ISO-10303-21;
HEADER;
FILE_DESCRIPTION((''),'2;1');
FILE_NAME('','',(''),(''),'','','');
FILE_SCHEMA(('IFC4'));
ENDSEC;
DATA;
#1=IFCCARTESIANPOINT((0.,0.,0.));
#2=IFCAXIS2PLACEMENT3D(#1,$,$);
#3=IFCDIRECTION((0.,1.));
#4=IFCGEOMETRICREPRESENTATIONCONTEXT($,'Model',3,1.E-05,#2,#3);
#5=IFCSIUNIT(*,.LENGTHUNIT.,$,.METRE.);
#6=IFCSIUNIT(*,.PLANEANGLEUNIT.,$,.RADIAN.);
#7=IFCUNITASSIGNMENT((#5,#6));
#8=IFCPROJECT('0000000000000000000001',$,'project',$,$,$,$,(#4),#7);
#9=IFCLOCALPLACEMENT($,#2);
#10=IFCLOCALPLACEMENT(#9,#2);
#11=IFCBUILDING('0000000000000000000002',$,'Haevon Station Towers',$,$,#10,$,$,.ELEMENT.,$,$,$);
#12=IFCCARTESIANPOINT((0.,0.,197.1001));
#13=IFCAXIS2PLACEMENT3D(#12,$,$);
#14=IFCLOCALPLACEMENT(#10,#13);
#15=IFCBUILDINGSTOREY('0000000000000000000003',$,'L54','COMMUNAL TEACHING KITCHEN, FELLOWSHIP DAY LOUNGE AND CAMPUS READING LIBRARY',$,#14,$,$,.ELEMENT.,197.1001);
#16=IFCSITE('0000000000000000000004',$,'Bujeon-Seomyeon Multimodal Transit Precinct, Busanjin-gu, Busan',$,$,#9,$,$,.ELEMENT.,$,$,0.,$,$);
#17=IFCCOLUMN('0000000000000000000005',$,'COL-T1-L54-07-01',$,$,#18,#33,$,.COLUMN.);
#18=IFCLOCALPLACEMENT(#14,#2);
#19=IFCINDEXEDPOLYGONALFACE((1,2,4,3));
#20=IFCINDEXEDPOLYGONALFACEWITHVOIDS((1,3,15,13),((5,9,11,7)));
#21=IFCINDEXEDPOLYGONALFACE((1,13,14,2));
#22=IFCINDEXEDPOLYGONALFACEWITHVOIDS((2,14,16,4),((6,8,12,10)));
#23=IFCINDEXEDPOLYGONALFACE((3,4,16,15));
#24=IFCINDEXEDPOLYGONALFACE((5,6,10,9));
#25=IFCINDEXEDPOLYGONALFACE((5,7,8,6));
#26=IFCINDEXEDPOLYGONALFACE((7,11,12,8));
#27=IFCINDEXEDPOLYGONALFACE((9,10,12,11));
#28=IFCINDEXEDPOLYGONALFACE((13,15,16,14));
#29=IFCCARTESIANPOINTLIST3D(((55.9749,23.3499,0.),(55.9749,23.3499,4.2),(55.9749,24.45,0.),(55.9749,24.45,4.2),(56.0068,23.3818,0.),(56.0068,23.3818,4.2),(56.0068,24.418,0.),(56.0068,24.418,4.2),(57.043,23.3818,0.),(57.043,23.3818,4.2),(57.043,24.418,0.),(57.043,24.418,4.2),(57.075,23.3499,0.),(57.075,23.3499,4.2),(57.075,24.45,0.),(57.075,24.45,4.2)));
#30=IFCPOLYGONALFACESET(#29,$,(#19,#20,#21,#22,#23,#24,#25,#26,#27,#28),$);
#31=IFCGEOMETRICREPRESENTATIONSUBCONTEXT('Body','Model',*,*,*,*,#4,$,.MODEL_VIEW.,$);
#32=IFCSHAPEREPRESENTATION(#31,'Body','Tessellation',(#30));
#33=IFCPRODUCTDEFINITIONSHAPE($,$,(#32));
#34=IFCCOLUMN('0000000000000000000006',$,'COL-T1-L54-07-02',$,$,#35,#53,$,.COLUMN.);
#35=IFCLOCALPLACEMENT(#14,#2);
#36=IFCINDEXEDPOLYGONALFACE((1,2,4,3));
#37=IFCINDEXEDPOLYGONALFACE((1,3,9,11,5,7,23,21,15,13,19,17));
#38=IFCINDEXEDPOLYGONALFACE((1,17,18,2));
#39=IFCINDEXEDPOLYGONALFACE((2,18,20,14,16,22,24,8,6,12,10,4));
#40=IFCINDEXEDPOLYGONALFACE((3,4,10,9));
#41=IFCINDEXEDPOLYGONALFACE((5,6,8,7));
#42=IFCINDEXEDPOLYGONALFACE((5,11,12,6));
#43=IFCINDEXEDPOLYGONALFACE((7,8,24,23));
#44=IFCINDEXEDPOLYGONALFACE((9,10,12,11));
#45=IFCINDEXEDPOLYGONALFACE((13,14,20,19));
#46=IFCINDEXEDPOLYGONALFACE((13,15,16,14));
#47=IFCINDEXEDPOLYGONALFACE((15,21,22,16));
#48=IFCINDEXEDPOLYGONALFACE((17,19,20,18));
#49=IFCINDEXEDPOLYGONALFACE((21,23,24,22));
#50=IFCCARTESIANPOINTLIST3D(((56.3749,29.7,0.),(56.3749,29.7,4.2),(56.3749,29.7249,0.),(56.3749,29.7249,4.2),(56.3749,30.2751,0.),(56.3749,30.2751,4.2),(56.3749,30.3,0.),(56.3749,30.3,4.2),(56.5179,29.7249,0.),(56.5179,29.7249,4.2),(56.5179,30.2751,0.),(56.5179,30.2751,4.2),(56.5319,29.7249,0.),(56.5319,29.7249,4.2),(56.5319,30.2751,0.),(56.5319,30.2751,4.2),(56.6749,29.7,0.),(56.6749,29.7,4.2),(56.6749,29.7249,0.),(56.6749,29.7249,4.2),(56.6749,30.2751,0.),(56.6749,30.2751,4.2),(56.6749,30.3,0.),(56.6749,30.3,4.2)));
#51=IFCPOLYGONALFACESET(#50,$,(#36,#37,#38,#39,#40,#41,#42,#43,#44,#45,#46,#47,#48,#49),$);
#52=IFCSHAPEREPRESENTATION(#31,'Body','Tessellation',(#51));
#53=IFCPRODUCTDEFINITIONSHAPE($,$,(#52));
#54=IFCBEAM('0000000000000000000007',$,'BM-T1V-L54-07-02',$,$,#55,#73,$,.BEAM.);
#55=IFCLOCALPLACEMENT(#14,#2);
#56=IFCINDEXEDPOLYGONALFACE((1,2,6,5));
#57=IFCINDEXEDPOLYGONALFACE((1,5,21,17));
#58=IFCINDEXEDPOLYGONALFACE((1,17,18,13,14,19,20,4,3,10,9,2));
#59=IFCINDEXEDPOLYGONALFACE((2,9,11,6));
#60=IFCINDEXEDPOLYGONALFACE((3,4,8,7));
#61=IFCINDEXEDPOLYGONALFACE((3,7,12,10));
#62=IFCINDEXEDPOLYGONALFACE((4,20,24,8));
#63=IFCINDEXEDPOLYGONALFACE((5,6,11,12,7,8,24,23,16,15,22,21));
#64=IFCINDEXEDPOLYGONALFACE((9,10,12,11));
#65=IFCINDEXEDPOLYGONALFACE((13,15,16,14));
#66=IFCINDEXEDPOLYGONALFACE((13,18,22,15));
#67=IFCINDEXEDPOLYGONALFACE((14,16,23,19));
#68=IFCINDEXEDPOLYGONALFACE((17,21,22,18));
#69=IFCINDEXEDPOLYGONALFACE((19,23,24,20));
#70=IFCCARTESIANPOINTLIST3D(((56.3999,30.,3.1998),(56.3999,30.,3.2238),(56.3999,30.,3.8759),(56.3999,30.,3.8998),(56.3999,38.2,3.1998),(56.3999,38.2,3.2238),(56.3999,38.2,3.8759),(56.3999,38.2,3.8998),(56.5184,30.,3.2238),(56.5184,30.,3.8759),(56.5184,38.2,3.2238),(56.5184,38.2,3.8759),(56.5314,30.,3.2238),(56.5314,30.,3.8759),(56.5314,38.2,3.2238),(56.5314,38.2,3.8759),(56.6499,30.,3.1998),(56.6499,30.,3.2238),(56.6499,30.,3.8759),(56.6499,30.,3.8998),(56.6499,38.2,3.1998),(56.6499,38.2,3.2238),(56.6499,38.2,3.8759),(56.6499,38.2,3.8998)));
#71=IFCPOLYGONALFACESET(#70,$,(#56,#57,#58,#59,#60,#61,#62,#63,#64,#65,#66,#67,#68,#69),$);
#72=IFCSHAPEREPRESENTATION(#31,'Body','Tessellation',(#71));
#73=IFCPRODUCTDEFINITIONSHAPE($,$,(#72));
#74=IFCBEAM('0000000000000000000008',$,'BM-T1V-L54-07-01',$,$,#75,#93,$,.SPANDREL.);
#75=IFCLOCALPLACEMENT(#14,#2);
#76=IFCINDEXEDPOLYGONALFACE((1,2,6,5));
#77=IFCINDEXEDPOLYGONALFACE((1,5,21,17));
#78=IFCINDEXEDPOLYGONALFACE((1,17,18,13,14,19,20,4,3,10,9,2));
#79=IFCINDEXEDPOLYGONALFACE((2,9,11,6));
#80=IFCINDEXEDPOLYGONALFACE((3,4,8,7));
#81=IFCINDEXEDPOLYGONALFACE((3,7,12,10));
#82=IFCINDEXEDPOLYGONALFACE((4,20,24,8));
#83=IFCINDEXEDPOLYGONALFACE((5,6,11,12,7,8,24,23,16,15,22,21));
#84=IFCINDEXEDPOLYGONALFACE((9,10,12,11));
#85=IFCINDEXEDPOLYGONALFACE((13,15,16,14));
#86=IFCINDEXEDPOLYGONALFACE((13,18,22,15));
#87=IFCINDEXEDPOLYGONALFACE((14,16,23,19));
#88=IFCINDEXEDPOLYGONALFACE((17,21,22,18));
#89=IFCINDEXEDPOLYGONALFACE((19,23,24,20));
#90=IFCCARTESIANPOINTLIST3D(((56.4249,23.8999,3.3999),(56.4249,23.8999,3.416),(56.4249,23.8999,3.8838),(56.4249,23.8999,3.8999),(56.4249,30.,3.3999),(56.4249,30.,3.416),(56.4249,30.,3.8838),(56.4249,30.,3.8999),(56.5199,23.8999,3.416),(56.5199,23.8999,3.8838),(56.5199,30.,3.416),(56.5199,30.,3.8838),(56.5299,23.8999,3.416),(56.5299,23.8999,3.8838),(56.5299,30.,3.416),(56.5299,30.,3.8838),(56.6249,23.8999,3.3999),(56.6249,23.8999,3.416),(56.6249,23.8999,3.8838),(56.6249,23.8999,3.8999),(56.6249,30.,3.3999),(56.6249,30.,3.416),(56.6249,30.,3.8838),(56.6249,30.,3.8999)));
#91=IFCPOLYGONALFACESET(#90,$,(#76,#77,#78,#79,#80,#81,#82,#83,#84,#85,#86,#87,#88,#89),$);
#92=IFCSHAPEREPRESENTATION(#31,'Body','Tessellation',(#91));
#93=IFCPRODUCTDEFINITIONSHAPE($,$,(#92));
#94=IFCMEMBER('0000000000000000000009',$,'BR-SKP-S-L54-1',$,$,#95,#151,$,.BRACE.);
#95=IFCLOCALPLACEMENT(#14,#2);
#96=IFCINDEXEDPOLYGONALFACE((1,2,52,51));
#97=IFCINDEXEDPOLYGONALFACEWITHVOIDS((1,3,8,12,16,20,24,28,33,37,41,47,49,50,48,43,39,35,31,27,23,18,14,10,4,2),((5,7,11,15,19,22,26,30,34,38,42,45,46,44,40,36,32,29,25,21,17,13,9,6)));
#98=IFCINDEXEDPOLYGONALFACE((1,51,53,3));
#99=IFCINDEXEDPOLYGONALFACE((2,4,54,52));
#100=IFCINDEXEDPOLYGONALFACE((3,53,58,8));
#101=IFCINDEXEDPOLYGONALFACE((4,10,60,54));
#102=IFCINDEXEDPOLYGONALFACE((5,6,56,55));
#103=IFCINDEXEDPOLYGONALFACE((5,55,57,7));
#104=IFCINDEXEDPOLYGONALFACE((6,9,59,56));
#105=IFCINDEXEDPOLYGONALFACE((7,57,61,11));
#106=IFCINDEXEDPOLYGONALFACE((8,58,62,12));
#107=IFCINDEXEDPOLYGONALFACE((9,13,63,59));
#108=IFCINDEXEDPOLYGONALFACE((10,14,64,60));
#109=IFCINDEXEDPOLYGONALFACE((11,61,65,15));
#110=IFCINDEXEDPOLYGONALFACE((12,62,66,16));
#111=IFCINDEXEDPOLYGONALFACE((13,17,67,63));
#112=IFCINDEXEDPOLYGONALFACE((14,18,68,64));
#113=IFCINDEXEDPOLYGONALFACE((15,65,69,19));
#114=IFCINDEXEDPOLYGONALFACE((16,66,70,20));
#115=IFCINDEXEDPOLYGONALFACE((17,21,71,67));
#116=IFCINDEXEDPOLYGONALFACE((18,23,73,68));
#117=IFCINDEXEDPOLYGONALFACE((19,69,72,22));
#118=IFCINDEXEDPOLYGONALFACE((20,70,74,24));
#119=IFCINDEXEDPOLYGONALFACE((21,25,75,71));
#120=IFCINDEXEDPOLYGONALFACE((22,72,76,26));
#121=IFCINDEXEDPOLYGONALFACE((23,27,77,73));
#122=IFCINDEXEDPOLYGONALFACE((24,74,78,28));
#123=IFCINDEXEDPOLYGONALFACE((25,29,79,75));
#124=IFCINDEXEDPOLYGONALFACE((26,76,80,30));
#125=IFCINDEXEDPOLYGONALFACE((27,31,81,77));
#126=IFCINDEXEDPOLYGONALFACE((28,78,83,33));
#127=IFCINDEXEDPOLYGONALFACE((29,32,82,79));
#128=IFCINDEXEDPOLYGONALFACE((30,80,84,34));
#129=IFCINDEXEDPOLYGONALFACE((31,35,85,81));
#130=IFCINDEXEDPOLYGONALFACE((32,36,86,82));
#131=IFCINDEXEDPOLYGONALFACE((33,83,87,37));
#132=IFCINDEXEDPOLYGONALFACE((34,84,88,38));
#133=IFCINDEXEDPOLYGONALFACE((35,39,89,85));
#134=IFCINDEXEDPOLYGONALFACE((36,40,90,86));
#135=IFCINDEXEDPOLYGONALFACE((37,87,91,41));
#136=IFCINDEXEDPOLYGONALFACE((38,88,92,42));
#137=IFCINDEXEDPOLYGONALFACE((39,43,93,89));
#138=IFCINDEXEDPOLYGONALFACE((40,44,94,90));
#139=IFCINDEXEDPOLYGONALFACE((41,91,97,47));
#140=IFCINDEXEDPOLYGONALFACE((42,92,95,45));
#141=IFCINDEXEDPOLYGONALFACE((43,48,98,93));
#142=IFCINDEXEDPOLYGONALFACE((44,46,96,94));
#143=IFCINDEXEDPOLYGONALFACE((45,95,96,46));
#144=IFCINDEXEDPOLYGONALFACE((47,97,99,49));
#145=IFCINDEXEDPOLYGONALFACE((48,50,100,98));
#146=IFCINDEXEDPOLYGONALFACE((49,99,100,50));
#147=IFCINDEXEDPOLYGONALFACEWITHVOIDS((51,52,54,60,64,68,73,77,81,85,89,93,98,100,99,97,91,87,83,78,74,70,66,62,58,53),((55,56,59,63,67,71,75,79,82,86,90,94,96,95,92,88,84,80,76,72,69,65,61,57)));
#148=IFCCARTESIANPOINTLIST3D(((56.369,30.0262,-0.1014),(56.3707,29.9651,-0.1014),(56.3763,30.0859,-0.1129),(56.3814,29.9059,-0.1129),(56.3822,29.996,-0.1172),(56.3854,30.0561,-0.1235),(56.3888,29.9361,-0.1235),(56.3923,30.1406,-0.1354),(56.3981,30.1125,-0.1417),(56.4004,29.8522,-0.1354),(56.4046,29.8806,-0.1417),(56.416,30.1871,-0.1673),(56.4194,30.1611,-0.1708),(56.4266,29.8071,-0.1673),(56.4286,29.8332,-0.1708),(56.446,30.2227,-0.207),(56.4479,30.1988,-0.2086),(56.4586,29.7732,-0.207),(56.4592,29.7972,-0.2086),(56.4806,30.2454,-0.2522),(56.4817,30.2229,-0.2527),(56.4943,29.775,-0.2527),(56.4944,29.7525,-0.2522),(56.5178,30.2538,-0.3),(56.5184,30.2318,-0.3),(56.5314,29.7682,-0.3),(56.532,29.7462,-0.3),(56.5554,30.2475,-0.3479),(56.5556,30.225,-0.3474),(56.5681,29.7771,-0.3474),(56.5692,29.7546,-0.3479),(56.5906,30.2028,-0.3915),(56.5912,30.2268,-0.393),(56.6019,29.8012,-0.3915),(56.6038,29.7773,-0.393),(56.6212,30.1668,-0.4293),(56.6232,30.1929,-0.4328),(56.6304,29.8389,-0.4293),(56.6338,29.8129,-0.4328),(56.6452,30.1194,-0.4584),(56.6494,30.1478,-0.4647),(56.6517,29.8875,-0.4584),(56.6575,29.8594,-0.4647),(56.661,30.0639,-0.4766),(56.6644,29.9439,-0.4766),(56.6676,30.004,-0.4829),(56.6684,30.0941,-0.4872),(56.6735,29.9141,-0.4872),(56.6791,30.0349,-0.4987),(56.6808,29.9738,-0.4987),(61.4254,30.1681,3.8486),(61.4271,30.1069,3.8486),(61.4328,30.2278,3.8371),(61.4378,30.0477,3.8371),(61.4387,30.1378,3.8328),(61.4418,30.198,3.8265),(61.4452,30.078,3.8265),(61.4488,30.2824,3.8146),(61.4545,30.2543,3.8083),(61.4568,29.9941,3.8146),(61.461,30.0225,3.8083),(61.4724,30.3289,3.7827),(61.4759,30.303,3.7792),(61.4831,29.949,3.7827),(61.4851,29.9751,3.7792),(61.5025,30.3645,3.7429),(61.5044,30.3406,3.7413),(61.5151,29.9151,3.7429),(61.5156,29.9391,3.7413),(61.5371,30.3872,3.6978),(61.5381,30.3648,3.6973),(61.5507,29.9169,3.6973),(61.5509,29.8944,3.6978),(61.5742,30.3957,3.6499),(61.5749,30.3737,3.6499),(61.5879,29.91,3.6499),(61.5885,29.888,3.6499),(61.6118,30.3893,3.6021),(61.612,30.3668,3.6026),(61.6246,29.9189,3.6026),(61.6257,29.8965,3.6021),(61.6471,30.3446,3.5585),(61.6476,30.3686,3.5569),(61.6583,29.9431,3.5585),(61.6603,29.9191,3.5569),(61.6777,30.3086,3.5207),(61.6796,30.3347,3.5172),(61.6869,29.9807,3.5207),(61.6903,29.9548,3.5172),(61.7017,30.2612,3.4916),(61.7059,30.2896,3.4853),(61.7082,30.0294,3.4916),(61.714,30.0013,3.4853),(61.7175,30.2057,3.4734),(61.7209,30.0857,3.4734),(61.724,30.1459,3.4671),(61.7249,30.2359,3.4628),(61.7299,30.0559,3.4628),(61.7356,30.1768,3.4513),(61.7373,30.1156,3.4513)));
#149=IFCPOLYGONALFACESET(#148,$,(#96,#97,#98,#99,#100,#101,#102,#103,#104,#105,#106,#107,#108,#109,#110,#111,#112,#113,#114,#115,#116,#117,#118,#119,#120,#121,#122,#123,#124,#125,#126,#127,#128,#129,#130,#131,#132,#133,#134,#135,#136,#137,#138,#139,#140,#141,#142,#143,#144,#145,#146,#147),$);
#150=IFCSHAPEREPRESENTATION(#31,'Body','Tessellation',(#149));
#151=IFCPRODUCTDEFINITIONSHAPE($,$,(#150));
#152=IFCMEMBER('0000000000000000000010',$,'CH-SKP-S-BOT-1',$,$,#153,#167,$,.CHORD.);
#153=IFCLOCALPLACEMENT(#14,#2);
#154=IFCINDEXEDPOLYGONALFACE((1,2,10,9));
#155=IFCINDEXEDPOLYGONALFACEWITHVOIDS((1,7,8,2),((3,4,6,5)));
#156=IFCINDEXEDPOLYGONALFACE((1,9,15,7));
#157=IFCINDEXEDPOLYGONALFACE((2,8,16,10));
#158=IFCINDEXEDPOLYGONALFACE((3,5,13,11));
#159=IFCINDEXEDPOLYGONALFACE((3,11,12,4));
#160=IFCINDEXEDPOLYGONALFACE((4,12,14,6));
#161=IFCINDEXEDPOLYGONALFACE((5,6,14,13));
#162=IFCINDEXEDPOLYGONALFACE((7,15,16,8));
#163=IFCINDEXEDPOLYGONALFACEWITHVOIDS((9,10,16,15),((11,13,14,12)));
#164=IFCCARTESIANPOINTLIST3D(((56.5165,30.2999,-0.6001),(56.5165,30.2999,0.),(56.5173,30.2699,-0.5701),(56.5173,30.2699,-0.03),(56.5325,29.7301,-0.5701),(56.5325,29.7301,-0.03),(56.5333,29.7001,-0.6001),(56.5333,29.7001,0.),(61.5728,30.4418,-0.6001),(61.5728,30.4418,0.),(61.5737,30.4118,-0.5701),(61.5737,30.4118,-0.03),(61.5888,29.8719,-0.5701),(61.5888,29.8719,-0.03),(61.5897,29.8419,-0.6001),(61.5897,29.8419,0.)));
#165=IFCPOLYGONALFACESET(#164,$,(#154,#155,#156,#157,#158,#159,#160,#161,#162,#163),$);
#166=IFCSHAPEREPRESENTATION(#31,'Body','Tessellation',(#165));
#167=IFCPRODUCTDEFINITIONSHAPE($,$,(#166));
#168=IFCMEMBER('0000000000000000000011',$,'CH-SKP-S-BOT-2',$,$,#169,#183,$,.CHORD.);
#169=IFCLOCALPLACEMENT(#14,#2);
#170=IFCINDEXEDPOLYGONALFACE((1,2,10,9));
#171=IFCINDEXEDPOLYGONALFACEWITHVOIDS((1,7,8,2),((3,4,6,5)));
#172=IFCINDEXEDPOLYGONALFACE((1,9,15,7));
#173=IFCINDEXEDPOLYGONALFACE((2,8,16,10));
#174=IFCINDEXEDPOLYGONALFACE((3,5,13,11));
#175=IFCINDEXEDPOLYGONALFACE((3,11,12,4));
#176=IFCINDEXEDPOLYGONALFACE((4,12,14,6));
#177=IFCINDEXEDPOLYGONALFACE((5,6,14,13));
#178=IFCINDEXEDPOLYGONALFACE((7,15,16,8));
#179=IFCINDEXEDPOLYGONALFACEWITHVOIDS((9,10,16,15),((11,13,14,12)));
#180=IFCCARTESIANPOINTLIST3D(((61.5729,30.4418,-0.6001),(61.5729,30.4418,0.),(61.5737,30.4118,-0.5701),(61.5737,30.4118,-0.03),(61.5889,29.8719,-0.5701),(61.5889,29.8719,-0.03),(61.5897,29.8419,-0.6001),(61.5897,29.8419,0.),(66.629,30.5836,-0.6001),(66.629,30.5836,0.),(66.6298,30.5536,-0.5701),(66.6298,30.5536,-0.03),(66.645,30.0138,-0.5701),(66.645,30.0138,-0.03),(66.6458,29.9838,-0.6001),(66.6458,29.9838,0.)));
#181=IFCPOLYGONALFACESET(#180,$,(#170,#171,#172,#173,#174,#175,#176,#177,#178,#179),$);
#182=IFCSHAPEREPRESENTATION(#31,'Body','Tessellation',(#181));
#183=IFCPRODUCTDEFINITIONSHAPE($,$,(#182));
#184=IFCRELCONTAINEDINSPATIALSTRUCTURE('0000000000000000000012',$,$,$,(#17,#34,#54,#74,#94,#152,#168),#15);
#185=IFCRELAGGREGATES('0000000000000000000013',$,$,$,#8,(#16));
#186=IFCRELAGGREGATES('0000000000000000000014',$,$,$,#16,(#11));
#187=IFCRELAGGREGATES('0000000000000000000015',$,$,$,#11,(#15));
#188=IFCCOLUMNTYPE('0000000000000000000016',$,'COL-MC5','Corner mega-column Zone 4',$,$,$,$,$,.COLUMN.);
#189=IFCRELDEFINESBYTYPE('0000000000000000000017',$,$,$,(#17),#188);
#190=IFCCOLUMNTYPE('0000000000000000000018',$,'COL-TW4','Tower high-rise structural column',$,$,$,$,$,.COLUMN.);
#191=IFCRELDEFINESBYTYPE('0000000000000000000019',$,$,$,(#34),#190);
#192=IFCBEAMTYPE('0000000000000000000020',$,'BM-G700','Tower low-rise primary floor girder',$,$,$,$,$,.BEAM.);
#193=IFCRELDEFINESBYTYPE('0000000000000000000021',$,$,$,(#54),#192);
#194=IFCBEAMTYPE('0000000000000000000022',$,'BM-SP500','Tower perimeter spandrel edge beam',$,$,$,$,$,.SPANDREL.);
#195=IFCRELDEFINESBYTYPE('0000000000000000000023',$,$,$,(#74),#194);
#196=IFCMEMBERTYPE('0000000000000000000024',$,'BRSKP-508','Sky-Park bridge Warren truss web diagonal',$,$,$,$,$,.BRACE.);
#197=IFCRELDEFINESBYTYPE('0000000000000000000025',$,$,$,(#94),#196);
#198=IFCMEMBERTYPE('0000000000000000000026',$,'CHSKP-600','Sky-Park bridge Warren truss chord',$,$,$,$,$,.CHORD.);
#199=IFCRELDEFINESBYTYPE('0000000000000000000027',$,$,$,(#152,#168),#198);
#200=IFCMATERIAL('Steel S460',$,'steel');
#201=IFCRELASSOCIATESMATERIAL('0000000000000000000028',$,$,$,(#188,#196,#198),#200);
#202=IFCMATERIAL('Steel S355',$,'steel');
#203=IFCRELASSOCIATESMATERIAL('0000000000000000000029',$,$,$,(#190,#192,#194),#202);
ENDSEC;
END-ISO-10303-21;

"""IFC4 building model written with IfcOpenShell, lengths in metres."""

from ifc_helpers import new_model, si_unit, direction, frame, origin, origin_2d, place, context, subcontext, project, spatial, hollow_rectangle, hollow_circle, i_section, extrude, material, material_profile, profile_set, type_object, element, save


model = new_model("IFC4")

# Units and contexts
model_context = context("Model", 3, precision=1e-05, world=origin(), true_north=direction((0.0, 1.0)))
body_context = subcontext(model_context, "Body", "Model", "MODEL_VIEW")
ifc_project = project(units=[si_unit("LENGTHUNIT", "METRE"), si_unit("PLANEANGLEUNIT", "RADIAN")], contexts=[model_context])

# Site, building, storey
site_placement = place(None, origin())
site = spatial("IfcSite", under=ifc_project, at=site_placement, Name="Bujeon-Seomyeon Multimodal Transit Precinct, Busanjin-gu, Busan", CompositionType="ELEMENT", RefElevation=0.0)
building_placement = place(site_placement, origin())
building = spatial("IfcBuilding", under=site, at=building_placement, Name="Haevon Station Towers", CompositionType="ELEMENT")
storey_placement = place(building_placement, frame((0.0, 0.0, 197.1001)))
storey = spatial("IfcBuildingStorey", under=building, at=storey_placement, Name="L54", Description="COMMUNAL TEACHING KITCHEN, FELLOWSHIP DAY LOUNGE AND CAMPUS READING LIBRARY", CompositionType="ELEMENT", Elevation=197.1001)

# Columns
ifc_material_1 = material(Name="Steel S460", Category="steel")
ifc_material_profile_1 = material_profile(ifc_material_1, hollow_rectangle(XDim=1.1001, YDim=1.1001, WallThickness=0.032, at=origin_2d()), Name="BOX-1100x1100x32")
ifc_profile_set_1 = profile_set([ifc_material_profile_1], Name="Steel S460")
column_type_1 = type_object("IfcColumnType", Name="COL-MC5", Description="Corner mega-column Zone 4", PredefinedType="COLUMN", material=ifc_profile_set_1)
column_1_placement = place(storey_placement, frame((56.5249, 23.8999, 0.0), z_axis=(0.0, 0.0, 1.0), x_axis=(1.0, 0.0, 0.0)))
element("IfcColumn", 1, at=column_1_placement, inside=storey, type_object=column_type_1, Name="COL-T1-L54-07-01", PredefinedType="COLUMN", context=body_context, shape_type="SweptSolid", body=[
    extrude(hollow_rectangle(XDim=1.1001, YDim=1.1001, WallThickness=0.032, at=origin_2d()), origin(), (0.0, 0.0, 1.0), 4.2),
])
ifc_material_2 = material(Name="Steel S355", Category="steel")
ifc_material_profile_2 = material_profile(ifc_material_2, i_section(OverallWidth=0.3, OverallDepth=0.6001, WebThickness=0.0139, FlangeThickness=0.0249, at=origin_2d()), Name="H-600x300x14x25")
ifc_profile_set_2 = profile_set([ifc_material_profile_2], Name="Steel S355")
column_type_2 = type_object("IfcColumnType", Name="COL-TW4", Description="Tower high-rise structural column", PredefinedType="COLUMN", material=ifc_profile_set_2)
column_2_placement = place(storey_placement, frame((56.5249, 30.0, 0.0), z_axis=(0.0, 0.0, 1.0), x_axis=(1.0, 0.0, 0.0)))
element("IfcColumn", 2, at=column_2_placement, inside=storey, type_object=column_type_2, Name="COL-T1-L54-07-02", PredefinedType="COLUMN", context=body_context, shape_type="SweptSolid", body=[
    extrude(i_section(OverallWidth=0.3, OverallDepth=0.6001, WebThickness=0.0139, FlangeThickness=0.0249, at=origin_2d()), origin(), (0.0, 0.0, 1.0), 4.2),
])

# Beams
ifc_material_profile_3 = material_profile(ifc_material_2, i_section(OverallWidth=0.25, OverallDepth=0.7, WebThickness=0.0129, FlangeThickness=0.0239, at=origin_2d()), Name="H-700x250x13x24")
ifc_profile_set_3 = profile_set([ifc_material_profile_3], Name="Steel S355")
beam_type_1 = type_object("IfcBeamType", Name="BM-G700", Description="Tower low-rise primary floor girder", PredefinedType="BEAM", material=ifc_profile_set_3)
beam_1_placement = place(storey_placement, frame((56.5249, 30.0, 3.5498), z_axis=(0.0, 1.0, 0.0), x_axis=(-1.0, 0.0, 0.0)))
element("IfcBeam", 3, at=beam_1_placement, inside=storey, type_object=beam_type_1, Name="BM-T1V-L54-07-02", PredefinedType="BEAM", context=body_context, shape_type="SweptSolid", body=[
    extrude(i_section(OverallWidth=0.25, OverallDepth=0.7, WebThickness=0.0129, FlangeThickness=0.0239, at=origin_2d()), origin(), (0.0, 0.0, 1.0), 8.2),
])
ifc_material_profile_4 = material_profile(ifc_material_2, i_section(OverallWidth=0.2, OverallDepth=0.5, WebThickness=0.01, FlangeThickness=0.0161, at=origin_2d()), Name="H-500x200x10x16")
ifc_profile_set_4 = profile_set([ifc_material_profile_4], Name="Steel S355")
beam_type_2 = type_object("IfcBeamType", Name="BM-SP500", Description="Tower perimeter spandrel edge beam", PredefinedType="SPANDREL", material=ifc_profile_set_4)
beam_2_placement = place(storey_placement, frame((56.5249, 23.8999, 3.6499), z_axis=(0.0, 1.0, 0.0), x_axis=(-1.0, 0.0, 0.0)))
element("IfcBeam", 4, at=beam_2_placement, inside=storey, type_object=beam_type_2, Name="BM-T1V-L54-07-01", PredefinedType="SPANDREL", context=body_context, shape_type="SweptSolid", body=[
    extrude(i_section(OverallWidth=0.2, OverallDepth=0.5, WebThickness=0.01, FlangeThickness=0.0161, at=origin_2d()), origin(), (0.0, 0.0, 1.0), 6.1001),
])

# Members
ifc_material_profile_5 = material_profile(ifc_material_1, hollow_circle(Radius=0.2539, WallThickness=0.022, at=origin_2d()), Name="CHS-508x22")
ifc_profile_set_5 = profile_set([ifc_material_profile_5], Name="Steel S460")
member_type_1 = type_object("IfcMemberType", Name="BRSKP-508", Description="Sky-Park bridge Warren truss web diagonal", PredefinedType="BRACE", material=ifc_profile_set_5)
member_1_placement = place(storey_placement, frame((56.5249, 30.0, -0.3), z_axis=(0.787859, 0.022102, 0.615459), x_axis=(-0.028042, 0.999607, 0.0)))
element("IfcMember", 5, at=member_1_placement, inside=storey, type_object=member_type_1, Name="BR-SKP-S-L54-1", PredefinedType="BRACE", context=body_context, shape_type="SweptSolid", body=[
    extrude(hollow_circle(Radius=0.2539, WallThickness=0.022, at=origin_2d()), origin(), (0.0, 0.0, 1.0), 6.418),
])
ifc_material_profile_6 = material_profile(ifc_material_1, hollow_rectangle(XDim=0.6001, YDim=0.6001, WallThickness=0.03, at=origin_2d()), Name="RHS-600x600x30")
ifc_profile_set_6 = profile_set([ifc_material_profile_6], Name="Steel S460")
member_type_2 = type_object("IfcMemberType", Name="CHSKP-600", Description="Sky-Park bridge Warren truss chord", PredefinedType="CHORD", material=ifc_profile_set_6)
member_2_placement = place(storey_placement, frame((56.5249, 30.0, -0.3), z_axis=(0.999607, 0.028042, 0.0), x_axis=(-0.028042, 0.999607, 0.0)))
element("IfcMember", 6, at=member_2_placement, inside=storey, type_object=member_type_2, Name="CH-SKP-S-BOT-1", PredefinedType="CHORD", context=body_context, shape_type="SweptSolid", body=[
    extrude(hollow_rectangle(XDim=0.6001, YDim=0.6001, WallThickness=0.03, at=origin_2d()), origin(), (0.0, 0.0, 1.0), 5.0583),
])
member_3_placement = place(storey_placement, frame((61.5813, 30.1418, -0.3), z_axis=(0.999607, 0.028043, 0.0), x_axis=(-0.028043, 0.999607, 0.0)))
element("IfcMember", 7, at=member_3_placement, inside=storey, type_object=member_type_2, Name="CH-SKP-S-BOT-2", PredefinedType="CHORD", context=body_context, shape_type="SweptSolid", body=[
    extrude(hollow_rectangle(XDim=0.6001, YDim=0.6001, WallThickness=0.03, at=origin_2d()), origin(), (0.0, 0.0, 1.0), 5.0581),
])

save(model, "model.ifc")
